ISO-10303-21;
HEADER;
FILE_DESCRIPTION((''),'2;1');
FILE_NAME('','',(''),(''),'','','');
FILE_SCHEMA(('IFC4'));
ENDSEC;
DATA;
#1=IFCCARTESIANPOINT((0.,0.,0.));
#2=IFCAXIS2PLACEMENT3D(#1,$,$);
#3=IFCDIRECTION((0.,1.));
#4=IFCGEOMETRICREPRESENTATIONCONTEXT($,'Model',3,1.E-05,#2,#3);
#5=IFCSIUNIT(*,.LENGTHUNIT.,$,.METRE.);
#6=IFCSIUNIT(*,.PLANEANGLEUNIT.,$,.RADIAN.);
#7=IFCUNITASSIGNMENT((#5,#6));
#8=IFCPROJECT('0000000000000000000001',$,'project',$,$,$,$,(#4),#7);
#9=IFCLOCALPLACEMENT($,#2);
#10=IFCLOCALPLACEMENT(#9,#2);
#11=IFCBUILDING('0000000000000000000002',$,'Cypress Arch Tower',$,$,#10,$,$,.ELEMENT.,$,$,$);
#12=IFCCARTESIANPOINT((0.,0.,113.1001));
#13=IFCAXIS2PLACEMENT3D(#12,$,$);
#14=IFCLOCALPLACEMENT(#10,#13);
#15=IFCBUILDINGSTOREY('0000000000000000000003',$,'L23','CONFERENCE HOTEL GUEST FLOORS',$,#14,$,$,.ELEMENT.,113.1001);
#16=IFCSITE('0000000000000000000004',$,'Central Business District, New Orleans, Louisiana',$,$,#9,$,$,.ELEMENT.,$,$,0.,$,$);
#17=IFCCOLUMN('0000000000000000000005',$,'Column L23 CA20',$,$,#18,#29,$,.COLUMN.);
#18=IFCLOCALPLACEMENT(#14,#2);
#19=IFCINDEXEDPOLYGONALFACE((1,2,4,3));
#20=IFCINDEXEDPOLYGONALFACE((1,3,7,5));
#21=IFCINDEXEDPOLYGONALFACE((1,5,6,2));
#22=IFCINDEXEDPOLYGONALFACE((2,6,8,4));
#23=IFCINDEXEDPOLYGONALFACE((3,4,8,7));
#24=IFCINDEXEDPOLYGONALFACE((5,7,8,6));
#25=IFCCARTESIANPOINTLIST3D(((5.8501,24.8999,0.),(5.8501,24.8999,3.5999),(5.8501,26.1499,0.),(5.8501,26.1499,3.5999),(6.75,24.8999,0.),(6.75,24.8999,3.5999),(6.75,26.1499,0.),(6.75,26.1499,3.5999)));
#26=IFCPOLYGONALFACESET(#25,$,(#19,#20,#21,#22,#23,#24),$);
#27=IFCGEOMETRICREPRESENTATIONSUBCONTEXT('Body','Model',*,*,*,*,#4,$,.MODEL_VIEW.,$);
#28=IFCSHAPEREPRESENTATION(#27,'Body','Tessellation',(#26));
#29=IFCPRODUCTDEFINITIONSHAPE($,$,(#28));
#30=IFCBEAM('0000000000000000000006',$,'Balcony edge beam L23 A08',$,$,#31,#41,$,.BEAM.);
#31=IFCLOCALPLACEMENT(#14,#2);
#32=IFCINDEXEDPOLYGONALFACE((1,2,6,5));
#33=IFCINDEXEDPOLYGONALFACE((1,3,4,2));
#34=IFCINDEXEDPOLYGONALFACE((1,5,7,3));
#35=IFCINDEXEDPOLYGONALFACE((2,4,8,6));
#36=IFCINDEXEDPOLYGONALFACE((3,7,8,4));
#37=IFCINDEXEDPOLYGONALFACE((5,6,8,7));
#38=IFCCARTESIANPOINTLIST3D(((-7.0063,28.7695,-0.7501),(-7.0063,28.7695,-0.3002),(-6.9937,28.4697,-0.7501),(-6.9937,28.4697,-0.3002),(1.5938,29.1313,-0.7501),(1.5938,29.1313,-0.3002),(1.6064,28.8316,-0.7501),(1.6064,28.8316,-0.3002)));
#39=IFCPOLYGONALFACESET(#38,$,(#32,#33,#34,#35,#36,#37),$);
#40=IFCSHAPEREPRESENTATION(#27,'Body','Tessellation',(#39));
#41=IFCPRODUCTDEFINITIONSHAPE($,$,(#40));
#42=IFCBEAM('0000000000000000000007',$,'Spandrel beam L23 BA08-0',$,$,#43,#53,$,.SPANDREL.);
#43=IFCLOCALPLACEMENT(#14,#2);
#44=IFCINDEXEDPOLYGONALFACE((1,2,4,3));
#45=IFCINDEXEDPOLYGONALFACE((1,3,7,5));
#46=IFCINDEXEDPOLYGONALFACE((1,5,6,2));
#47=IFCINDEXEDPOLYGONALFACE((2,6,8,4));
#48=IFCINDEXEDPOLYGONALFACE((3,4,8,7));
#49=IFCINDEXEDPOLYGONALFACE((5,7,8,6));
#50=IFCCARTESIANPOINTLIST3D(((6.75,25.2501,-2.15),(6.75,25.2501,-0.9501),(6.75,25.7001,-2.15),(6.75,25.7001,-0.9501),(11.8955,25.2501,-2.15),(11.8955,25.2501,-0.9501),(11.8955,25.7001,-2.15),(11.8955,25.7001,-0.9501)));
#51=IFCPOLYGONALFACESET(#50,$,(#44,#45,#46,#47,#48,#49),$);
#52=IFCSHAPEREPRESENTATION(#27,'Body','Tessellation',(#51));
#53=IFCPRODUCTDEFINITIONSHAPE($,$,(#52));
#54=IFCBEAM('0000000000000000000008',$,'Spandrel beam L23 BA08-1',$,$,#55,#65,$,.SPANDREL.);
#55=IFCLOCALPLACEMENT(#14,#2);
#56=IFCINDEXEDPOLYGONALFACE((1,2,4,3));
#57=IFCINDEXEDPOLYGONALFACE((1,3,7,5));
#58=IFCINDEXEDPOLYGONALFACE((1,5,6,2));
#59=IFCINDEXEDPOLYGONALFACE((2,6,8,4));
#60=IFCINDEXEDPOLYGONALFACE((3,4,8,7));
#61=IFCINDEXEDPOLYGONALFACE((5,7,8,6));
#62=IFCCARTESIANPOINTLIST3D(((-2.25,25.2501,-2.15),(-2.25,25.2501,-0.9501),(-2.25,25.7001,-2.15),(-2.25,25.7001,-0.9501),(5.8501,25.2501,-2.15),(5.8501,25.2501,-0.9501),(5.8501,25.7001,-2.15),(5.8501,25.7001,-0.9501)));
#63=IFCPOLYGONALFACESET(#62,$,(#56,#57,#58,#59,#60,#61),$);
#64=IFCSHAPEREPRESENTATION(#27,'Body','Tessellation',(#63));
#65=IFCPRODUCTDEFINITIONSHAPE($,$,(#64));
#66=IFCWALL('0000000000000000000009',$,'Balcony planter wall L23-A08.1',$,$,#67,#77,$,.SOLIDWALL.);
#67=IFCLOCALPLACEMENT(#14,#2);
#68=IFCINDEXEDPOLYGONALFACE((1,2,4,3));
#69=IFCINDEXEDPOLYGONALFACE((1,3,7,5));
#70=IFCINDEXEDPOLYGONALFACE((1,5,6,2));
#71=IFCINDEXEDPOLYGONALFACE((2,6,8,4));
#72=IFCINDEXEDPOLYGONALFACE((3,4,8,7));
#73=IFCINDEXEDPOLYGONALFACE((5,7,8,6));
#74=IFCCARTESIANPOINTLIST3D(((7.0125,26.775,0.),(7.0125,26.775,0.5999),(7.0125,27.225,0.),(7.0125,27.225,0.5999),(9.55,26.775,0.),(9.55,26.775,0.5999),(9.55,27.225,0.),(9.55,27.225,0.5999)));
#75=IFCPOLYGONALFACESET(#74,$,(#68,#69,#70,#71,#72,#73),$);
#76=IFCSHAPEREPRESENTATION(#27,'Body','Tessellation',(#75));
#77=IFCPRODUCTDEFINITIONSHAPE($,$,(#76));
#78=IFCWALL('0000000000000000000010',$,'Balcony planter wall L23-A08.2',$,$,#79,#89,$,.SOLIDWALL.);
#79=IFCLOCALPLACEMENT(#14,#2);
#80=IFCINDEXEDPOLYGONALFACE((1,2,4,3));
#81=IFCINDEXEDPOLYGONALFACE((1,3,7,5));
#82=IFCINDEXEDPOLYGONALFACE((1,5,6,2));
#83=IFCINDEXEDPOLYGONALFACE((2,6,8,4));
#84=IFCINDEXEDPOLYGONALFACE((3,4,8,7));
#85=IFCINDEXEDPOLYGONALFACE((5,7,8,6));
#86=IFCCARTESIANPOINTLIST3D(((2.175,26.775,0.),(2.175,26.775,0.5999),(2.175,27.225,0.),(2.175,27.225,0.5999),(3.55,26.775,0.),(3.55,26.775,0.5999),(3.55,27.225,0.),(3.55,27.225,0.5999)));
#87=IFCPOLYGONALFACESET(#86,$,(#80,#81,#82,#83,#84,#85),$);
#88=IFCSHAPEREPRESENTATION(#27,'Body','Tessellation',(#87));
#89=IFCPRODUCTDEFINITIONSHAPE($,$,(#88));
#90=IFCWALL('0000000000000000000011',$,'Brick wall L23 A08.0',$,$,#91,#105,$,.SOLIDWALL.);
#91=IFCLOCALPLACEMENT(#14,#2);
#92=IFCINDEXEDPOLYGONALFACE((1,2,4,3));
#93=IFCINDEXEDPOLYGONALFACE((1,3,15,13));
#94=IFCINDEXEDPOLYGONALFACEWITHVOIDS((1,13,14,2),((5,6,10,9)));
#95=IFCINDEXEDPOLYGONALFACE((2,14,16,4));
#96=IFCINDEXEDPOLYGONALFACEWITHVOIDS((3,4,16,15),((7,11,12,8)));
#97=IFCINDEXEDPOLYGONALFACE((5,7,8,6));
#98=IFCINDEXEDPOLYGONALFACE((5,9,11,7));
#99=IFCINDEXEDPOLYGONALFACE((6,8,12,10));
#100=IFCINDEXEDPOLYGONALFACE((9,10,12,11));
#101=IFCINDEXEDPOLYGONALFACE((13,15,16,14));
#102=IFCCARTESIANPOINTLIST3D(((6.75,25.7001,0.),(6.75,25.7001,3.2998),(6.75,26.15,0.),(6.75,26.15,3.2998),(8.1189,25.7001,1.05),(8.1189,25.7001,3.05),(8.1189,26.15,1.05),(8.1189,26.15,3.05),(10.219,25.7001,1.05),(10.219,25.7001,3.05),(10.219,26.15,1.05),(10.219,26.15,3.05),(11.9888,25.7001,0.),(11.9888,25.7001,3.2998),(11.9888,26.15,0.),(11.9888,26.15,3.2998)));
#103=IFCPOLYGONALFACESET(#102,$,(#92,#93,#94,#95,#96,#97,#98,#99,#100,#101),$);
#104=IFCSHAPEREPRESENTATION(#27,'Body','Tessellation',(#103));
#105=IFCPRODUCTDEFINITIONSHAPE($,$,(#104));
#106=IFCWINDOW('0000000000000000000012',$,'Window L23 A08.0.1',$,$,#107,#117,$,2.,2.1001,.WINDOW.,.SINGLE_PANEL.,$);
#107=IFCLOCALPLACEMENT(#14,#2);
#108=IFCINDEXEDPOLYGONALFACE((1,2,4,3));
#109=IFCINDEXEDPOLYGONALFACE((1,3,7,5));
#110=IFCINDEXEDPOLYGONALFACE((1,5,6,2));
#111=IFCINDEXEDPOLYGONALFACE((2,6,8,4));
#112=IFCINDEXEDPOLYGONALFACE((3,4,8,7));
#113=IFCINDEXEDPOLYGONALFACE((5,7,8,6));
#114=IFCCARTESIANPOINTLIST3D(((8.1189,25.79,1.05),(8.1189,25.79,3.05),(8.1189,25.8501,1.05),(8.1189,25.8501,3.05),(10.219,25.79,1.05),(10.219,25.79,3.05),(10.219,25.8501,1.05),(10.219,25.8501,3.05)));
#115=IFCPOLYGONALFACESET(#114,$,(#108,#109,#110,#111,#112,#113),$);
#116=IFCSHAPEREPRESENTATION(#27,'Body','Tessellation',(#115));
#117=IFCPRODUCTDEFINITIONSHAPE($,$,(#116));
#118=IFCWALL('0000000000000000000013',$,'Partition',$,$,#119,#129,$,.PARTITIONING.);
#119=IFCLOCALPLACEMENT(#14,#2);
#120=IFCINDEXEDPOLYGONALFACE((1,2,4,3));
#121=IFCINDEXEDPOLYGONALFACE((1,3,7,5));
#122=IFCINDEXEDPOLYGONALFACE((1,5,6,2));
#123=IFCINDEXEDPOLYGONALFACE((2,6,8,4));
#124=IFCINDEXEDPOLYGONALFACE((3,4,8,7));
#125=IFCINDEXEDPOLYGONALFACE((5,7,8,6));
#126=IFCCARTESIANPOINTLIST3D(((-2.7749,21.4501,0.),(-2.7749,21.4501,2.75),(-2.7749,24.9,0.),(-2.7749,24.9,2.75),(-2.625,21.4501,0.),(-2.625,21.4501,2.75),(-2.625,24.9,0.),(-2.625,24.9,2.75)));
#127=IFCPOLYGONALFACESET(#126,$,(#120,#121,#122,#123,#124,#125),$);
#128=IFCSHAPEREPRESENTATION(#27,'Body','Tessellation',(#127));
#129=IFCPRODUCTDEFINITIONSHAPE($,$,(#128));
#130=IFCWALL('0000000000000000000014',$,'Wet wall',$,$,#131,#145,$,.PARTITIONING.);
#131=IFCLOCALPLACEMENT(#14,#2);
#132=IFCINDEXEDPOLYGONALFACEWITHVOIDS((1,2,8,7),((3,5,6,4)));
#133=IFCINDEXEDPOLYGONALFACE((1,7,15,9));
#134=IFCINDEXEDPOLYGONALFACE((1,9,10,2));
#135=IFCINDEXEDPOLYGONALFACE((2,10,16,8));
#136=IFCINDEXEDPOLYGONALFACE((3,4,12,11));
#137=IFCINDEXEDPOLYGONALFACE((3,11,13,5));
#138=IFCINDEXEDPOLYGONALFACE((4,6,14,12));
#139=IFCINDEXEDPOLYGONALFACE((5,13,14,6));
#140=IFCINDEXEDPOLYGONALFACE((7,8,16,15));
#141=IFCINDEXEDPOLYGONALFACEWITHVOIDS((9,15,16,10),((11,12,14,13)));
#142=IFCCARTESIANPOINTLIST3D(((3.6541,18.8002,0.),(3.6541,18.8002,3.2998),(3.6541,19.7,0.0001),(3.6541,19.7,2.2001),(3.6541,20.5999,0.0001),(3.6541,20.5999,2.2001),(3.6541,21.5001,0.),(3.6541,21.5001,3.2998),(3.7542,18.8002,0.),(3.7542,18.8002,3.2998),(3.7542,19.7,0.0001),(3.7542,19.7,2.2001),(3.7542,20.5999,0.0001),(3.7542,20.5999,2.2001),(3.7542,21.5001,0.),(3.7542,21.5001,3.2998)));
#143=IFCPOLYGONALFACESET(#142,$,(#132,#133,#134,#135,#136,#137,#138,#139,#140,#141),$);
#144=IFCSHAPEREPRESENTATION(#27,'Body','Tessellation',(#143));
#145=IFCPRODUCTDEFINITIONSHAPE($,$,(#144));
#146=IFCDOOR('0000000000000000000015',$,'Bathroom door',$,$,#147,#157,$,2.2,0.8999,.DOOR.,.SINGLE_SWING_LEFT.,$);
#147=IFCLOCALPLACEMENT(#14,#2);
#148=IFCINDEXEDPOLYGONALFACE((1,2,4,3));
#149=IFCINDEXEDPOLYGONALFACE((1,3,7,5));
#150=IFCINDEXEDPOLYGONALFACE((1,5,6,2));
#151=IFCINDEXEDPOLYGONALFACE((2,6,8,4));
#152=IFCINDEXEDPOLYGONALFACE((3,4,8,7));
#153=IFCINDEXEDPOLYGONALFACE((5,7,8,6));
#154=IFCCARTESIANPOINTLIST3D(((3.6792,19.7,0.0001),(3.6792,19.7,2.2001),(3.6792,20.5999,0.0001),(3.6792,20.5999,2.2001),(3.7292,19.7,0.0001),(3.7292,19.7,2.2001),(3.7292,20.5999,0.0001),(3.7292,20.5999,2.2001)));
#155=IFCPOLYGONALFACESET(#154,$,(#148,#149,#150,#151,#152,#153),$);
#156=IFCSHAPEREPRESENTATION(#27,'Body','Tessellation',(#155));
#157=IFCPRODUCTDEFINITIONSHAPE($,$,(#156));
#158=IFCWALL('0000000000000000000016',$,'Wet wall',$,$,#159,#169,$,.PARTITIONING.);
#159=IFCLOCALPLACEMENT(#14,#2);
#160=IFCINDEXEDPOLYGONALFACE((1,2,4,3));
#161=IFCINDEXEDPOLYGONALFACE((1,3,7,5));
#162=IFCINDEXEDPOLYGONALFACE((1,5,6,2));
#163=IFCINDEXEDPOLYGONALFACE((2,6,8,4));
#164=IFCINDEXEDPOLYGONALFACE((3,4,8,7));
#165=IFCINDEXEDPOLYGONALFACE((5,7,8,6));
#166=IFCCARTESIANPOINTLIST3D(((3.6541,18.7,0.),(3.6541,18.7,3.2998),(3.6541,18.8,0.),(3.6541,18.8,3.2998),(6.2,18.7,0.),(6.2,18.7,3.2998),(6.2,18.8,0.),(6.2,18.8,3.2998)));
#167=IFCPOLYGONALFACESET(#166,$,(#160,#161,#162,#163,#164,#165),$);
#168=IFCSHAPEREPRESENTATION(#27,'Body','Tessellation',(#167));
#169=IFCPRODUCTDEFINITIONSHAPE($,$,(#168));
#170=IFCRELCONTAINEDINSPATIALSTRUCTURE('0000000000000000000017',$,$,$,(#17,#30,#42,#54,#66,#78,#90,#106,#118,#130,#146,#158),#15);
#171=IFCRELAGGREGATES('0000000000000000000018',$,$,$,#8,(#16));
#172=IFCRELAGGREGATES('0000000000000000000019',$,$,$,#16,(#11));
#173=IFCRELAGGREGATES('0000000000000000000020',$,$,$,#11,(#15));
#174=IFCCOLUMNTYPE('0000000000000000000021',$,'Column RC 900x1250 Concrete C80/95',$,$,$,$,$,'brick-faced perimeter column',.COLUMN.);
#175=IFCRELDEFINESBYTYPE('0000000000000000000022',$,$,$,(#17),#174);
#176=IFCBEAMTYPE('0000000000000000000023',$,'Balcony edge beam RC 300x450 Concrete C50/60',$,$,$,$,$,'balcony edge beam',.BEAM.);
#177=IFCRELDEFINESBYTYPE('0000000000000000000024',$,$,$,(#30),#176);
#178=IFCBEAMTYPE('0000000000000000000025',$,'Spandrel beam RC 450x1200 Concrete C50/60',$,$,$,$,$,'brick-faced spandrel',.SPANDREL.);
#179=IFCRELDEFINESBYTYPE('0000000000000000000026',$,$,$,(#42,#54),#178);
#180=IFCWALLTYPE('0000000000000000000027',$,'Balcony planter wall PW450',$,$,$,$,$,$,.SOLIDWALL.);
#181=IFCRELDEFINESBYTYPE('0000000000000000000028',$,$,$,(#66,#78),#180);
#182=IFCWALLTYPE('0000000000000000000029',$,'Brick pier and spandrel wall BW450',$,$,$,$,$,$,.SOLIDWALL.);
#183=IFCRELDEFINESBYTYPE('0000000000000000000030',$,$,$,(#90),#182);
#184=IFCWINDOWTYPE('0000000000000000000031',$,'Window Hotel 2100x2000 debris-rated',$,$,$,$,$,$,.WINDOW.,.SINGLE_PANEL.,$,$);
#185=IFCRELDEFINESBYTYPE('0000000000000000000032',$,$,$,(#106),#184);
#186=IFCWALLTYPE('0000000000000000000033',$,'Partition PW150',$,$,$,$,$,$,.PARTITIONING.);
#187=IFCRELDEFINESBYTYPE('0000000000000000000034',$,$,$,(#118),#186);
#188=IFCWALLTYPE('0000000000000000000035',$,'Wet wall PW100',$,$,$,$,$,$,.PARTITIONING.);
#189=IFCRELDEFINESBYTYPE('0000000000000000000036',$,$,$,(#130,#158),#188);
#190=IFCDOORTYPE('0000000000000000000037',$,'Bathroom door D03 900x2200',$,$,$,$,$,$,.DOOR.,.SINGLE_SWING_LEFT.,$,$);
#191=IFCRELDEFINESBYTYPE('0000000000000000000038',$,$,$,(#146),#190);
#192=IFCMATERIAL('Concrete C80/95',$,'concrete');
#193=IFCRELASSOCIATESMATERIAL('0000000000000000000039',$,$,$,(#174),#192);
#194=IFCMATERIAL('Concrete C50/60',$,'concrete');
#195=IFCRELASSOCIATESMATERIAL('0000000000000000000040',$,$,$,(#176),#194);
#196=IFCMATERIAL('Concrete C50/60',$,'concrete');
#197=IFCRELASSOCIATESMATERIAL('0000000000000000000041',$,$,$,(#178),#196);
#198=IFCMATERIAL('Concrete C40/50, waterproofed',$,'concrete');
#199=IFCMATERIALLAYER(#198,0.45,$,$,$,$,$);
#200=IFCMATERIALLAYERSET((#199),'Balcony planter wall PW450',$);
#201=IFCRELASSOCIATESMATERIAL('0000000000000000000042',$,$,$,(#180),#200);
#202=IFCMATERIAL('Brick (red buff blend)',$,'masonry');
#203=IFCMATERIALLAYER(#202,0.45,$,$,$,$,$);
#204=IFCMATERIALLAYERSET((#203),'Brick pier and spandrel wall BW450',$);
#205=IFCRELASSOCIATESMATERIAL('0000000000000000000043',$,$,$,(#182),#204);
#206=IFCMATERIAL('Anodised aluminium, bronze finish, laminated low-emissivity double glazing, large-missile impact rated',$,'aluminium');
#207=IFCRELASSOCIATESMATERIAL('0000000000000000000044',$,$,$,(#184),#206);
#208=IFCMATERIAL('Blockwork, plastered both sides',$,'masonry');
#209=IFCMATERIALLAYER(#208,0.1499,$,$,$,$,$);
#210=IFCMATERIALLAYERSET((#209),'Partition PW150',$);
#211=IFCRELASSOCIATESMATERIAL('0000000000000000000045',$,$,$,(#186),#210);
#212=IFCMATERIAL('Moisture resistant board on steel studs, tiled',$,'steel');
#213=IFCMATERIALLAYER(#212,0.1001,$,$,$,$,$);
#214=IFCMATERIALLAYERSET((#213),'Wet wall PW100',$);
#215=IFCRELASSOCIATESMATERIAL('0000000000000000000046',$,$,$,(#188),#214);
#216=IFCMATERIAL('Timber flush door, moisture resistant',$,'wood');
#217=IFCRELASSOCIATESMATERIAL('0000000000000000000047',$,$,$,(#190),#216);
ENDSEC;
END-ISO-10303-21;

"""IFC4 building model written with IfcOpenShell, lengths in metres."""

from ifc_helpers import new_model, si_unit, direction, frame, frame_2d, origin, origin_2d, place, context, subcontext, project, spatial, rectangle, extrude, material, layer, layer_set, material_profile, profile_set, type_object, element, fill, save


model = new_model("IFC4")

# Units and contexts
model_context = context("Model", 3, precision=1e-05, world=origin(), true_north=direction((0.0, 1.0)))
body_context = subcontext(model_context, "Body", "Model", "MODEL_VIEW")
ifc_project = project(units=[si_unit("LENGTHUNIT", "METRE"), si_unit("PLANEANGLEUNIT", "RADIAN")], contexts=[model_context])

# Site, building, storey
site_placement = place(None, origin())
site = spatial("IfcSite", under=ifc_project, at=site_placement, Name="Central Business District, New Orleans, Louisiana", CompositionType="ELEMENT", RefElevation=0.0)
building_placement = place(site_placement, origin())
building = spatial("IfcBuilding", under=site, at=building_placement, Name="Cypress Arch Tower", CompositionType="ELEMENT")
storey_placement = place(building_placement, frame((0.0, 0.0, 113.1001)))
storey = spatial("IfcBuildingStorey", under=building, at=storey_placement, Name="L23", Description="CONFERENCE HOTEL GUEST FLOORS", CompositionType="ELEMENT", Elevation=113.1001)

# Column
ifc_material_1 = material(Name="Concrete C80/95", Category="concrete")
ifc_material_profile_1 = material_profile(ifc_material_1, rectangle(XDim=0.8999, YDim=1.25, at=origin_2d()), Name="RC 900x1250")
ifc_profile_set_1 = profile_set([ifc_material_profile_1], Name="Concrete C80/95")
column_type = type_object("IfcColumnType", Name="Column RC 900x1250 Concrete C80/95", ElementType="brick-faced perimeter column", PredefinedType="COLUMN", material=ifc_profile_set_1)
column_placement = place(storey_placement, frame((6.3, 25.5249, 0.0), z_axis=(0.0, 0.0, 1.0), x_axis=(-1.0, 0.0, 0.0)))
element("IfcColumn", 1, at=column_placement, inside=storey, type_object=column_type, Name="Column L23 CA20", PredefinedType="COLUMN", context=body_context, shape_type="SweptSolid", body=[
    extrude(rectangle(XDim=0.8999, YDim=1.25, at=origin_2d()), origin(), (0.0, 0.0, 1.0), 3.5999),
])

# Beams
ifc_material_2 = material(Name="Concrete C50/60", Category="concrete")
ifc_material_profile_2 = material_profile(ifc_material_2, rectangle(XDim=0.3, YDim=0.45, at=origin_2d()), Name="RC 300x450")
ifc_profile_set_2 = profile_set([ifc_material_profile_2], Name="Concrete C50/60")
beam_type_1 = type_object("IfcBeamType", Name="Balcony edge beam RC 300x450 Concrete C50/60", ElementType="balcony edge beam", PredefinedType="BEAM", material=ifc_profile_set_2)
beam_1_placement = place(storey_placement, frame((1.6001, 28.9814, -0.5251), z_axis=(-0.999116, -0.042034, 0.0), x_axis=(0.042034, -0.999116, 0.0)))
element("IfcBeam", 2, at=beam_1_placement, inside=storey, type_object=beam_type_1, Name="Balcony edge beam L23 A08", PredefinedType="BEAM", context=body_context, shape_type="SweptSolid", body=[
    extrude(rectangle(XDim=0.3, YDim=0.45, at=origin_2d()), origin(), (0.0, 0.0, 1.0), 8.6077),
])
ifc_material_3 = material(Name="Concrete C50/60", Category="concrete")
ifc_material_profile_3 = material_profile(ifc_material_3, rectangle(XDim=0.45, YDim=1.2, at=origin_2d()), Name="RC 450x1200")
ifc_profile_set_3 = profile_set([ifc_material_profile_3], Name="Concrete C50/60")
beam_type_2 = type_object("IfcBeamType", Name="Spandrel beam RC 450x1200 Concrete C50/60", ElementType="brick-faced spandrel", PredefinedType="SPANDREL", material=ifc_profile_set_3)
beam_2_placement = place(storey_placement, frame((11.8955, 25.4751, -1.55), z_axis=(-1.0, 0.0, 0.0), x_axis=(0.0, -1.0, 0.0)))
element("IfcBeam", 3, at=beam_2_placement, inside=storey, type_object=beam_type_2, Name="Spandrel beam L23 BA08-0", PredefinedType="SPANDREL", context=body_context, shape_type="SweptSolid", body=[
    extrude(rectangle(XDim=0.45, YDim=1.2, at=origin_2d()), origin(), (0.0, 0.0, 1.0), 5.1455),
])
beam_3_placement = place(storey_placement, frame((5.8501, 25.4751, -1.55), z_axis=(-1.0, 0.0, 0.0), x_axis=(0.0, -1.0, 0.0)))
element("IfcBeam", 4, at=beam_3_placement, inside=storey, type_object=beam_type_2, Name="Spandrel beam L23 BA08-1", PredefinedType="SPANDREL", context=body_context, shape_type="SweptSolid", body=[
    extrude(rectangle(XDim=0.45, YDim=1.2, at=origin_2d()), origin(), (0.0, 0.0, 1.0), 8.1001),
])

# Walls
ifc_material_4 = material(Name="Concrete C40/50, waterproofed", Category="concrete")
ifc_layer_1 = layer(ifc_material_4, 0.45)
ifc_layer_set_1 = layer_set([ifc_layer_1], Name="Balcony planter wall PW450")
wall_type_1 = type_object("IfcWallType", Name="Balcony planter wall PW450", PredefinedType="SOLIDWALL", material=ifc_layer_set_1)
wall_1_placement = place(storey_placement, frame((9.55, 27.0, 0.0), z_axis=(0.0, 0.0, 1.0), x_axis=(-1.0, 0.0, 0.0)))
element("IfcWall", 5, at=wall_1_placement, inside=storey, type_object=wall_type_1, Name="Balcony planter wall L23-A08.1", PredefinedType="SOLIDWALL", context=body_context, shape_type="SweptSolid", body=[
    extrude(rectangle(XDim=2.5376, YDim=0.45, at=frame_2d((1.2688, 0.0))), origin(), (0.0, 0.0, 1.0), 0.5999),
])
wall_2_placement = place(storey_placement, frame((3.55, 27.0, 0.0), z_axis=(0.0, 0.0, 1.0), x_axis=(-1.0, 0.0, 0.0)))
element("IfcWall", 6, at=wall_2_placement, inside=storey, type_object=wall_type_1, Name="Balcony planter wall L23-A08.2", PredefinedType="SOLIDWALL", context=body_context, shape_type="SweptSolid", body=[
    extrude(rectangle(XDim=1.375, YDim=0.45, at=frame_2d((0.6875, 0.0))), origin(), (0.0, 0.0, 1.0), 0.5999),
])

# Wall, opening, window
ifc_material_5 = material(Name="Brick (red buff blend)", Category="masonry")
ifc_layer_2 = layer(ifc_material_5, 0.45)
ifc_layer_set_2 = layer_set([ifc_layer_2], Name="Brick pier and spandrel wall BW450")
wall_type_2 = type_object("IfcWallType", Name="Brick pier and spandrel wall BW450", PredefinedType="SOLIDWALL", material=ifc_layer_set_2)
wall_3_placement = place(storey_placement, frame((11.9888, 25.925, 0.0), z_axis=(0.0, 0.0, 1.0), x_axis=(-1.0, 0.0, 0.0)))
wall_3 = element("IfcWall", 7, at=wall_3_placement, inside=storey, type_object=wall_type_2, Name="Brick wall L23 A08.0", PredefinedType="SOLIDWALL", context=body_context, shape_type="SweptSolid", body=[
    extrude(rectangle(XDim=5.2388, YDim=0.45, at=frame_2d((2.6194, 0.0))), origin(), (0.0, 0.0, 1.0), 3.2998),
])
opening_1_placement = place(wall_3_placement, frame((1.7698, 0.0, 1.05)))
opening_1 = element("IfcOpeningElement", 8, at=opening_1_placement, cuts=wall_3, PredefinedType="OPENING", context=body_context, shape_type="SweptSolid", body=[
    extrude(rectangle(XDim=2.1001, YDim=2.0, at=frame_2d((1.05, 1.0))), frame((0.0, 0.2349, 0.0), z_axis=(0.0, -1.0, 0.0), x_axis=(1.0, 0.0, 0.0)), (0.0, 0.0, 1.0), 0.47),
])
ifc_material_6 = material(Name="Anodised aluminium, bronze finish, laminated low-emissivity double glazing, large-missile impact rated", Category="aluminium")
window_type_1 = type_object("IfcWindowType", Name="Window Hotel 2100x2000 debris-rated", PartitioningType="SINGLE_PANEL", PredefinedType="WINDOW", material=ifc_material_6)
window_1_placement = place(opening_1_placement, origin())
window_1 = element("IfcWindow", 9, at=window_1_placement, inside=storey, type_object=window_type_1, Name="Window L23 A08.0.1", OverallHeight=2.0, OverallWidth=2.1001, PartitioningType="SINGLE_PANEL", PredefinedType="WINDOW", context=body_context, shape_type="SweptSolid", body=[
    extrude(rectangle(XDim=2.1001, YDim=2.0, at=frame_2d((1.05, 1.0))), frame((0.0, 0.135, 0.0), z_axis=(0.0, -1.0, 0.0), x_axis=(1.0, 0.0, 0.0)), (0.0, 0.0, 1.0), 0.0601),
])
fill(opening_1, window_1)

# Wall
ifc_material_7 = material(Name="Blockwork, plastered both sides", Category="masonry")
ifc_layer_3 = layer(ifc_material_7, 0.1499)
ifc_layer_set_3 = layer_set([ifc_layer_3], Name="Partition PW150")
wall_type_3 = type_object("IfcWallType", Name="Partition PW150", PredefinedType="PARTITIONING", material=ifc_layer_set_3)
wall_4_placement = place(storey_placement, frame((-2.7, 21.45, 0.0), z_axis=(0.0, 0.0, 1.0), x_axis=(0.0, 1.0, 0.0)))
element("IfcWall", 10, at=wall_4_placement, inside=storey, type_object=wall_type_3, Name="Partition", PredefinedType="PARTITIONING", context=body_context, shape_type="SweptSolid", body=[
    extrude(rectangle(XDim=3.45, YDim=0.1499, at=frame_2d((1.7251, 0.0))), origin(), (0.0, 0.0, 1.0), 2.75),
])

# Wall, opening, door
ifc_material_8 = material(Name="Moisture resistant board on steel studs, tiled", Category="steel")
ifc_layer_4 = layer(ifc_material_8, 0.1001)
ifc_layer_set_4 = layer_set([ifc_layer_4], Name="Wet wall PW100")
wall_type_4 = type_object("IfcWallType", Name="Wet wall PW100", PredefinedType="PARTITIONING", material=ifc_layer_set_4)
wall_5_placement = place(storey_placement, frame((3.7041, 18.8, 0.0), z_axis=(0.0, 0.0, 1.0), x_axis=(0.0, 1.0, 0.0)))
wall_5 = element("IfcWall", 11, at=wall_5_placement, inside=storey, type_object=wall_type_4, Name="Wet wall", PredefinedType="PARTITIONING", context=body_context, shape_type="SweptSolid", body=[
    extrude(rectangle(XDim=2.7, YDim=0.1001, at=frame_2d((1.3501, 0.0))), origin(), (0.0, 0.0, 1.0), 3.2998),
])
opening_2_placement = place(wall_5_placement, frame((0.8999, 0.0, 0.0)))
opening_2 = element("IfcOpeningElement", 12, at=opening_2_placement, cuts=wall_5, PredefinedType="OPENING", context=body_context, shape_type="SweptSolid", body=[
    extrude(rectangle(XDim=0.8999, YDim=2.2, at=frame_2d((0.45, 1.1001))), frame((0.0, 0.0601, 0.0), z_axis=(0.0, -1.0, 0.0), x_axis=(1.0, 0.0, 0.0)), (0.0, 0.0, 1.0), 0.1201),
])
ifc_material_9 = material(Name="Timber flush door, moisture resistant", Category="wood")
door_type_1 = type_object("IfcDoorType", Name="Bathroom door D03 900x2200", OperationType="SINGLE_SWING_LEFT", PredefinedType="DOOR", material=ifc_material_9)
door_1_placement = place(opening_2_placement, origin())
door_1 = element("IfcDoor", 13, at=door_1_placement, inside=storey, type_object=door_type_1, Name="Bathroom door", OperationType="SINGLE_SWING_LEFT", OverallHeight=2.2, OverallWidth=0.8999, PredefinedType="DOOR", context=body_context, shape_type="SweptSolid", body=[
    extrude(rectangle(XDim=0.8999, YDim=2.2, at=frame_2d((0.45, 1.1001))), frame((0.0, 0.0249, 0.0), z_axis=(0.0, -1.0, 0.0), x_axis=(1.0, 0.0, 0.0)), (0.0, 0.0, 1.0), 0.05),
])
fill(opening_2, door_1)

# Wall
for number, where, z_axis, x_axis, name in (
    (14, (3.6541, 18.75, 0.0), (0.0, 0.0, 1.0), (1.0, 0.0, 0.0), "Wet wall"),
):
    element("IfcWall", number, at=place(storey_placement, frame(where, z_axis=z_axis, x_axis=x_axis)), inside=storey, type_object=wall_type_4, Name=name, PredefinedType="PARTITIONING", context=body_context, shape_type="SweptSolid", body=[
        extrude(rectangle(XDim=2.5459, YDim=0.1001, at=frame_2d((1.2729, 0.0))), origin(), (0.0, 0.0, 1.0), 3.2998),
    ])

save(model, "model.ifc")
